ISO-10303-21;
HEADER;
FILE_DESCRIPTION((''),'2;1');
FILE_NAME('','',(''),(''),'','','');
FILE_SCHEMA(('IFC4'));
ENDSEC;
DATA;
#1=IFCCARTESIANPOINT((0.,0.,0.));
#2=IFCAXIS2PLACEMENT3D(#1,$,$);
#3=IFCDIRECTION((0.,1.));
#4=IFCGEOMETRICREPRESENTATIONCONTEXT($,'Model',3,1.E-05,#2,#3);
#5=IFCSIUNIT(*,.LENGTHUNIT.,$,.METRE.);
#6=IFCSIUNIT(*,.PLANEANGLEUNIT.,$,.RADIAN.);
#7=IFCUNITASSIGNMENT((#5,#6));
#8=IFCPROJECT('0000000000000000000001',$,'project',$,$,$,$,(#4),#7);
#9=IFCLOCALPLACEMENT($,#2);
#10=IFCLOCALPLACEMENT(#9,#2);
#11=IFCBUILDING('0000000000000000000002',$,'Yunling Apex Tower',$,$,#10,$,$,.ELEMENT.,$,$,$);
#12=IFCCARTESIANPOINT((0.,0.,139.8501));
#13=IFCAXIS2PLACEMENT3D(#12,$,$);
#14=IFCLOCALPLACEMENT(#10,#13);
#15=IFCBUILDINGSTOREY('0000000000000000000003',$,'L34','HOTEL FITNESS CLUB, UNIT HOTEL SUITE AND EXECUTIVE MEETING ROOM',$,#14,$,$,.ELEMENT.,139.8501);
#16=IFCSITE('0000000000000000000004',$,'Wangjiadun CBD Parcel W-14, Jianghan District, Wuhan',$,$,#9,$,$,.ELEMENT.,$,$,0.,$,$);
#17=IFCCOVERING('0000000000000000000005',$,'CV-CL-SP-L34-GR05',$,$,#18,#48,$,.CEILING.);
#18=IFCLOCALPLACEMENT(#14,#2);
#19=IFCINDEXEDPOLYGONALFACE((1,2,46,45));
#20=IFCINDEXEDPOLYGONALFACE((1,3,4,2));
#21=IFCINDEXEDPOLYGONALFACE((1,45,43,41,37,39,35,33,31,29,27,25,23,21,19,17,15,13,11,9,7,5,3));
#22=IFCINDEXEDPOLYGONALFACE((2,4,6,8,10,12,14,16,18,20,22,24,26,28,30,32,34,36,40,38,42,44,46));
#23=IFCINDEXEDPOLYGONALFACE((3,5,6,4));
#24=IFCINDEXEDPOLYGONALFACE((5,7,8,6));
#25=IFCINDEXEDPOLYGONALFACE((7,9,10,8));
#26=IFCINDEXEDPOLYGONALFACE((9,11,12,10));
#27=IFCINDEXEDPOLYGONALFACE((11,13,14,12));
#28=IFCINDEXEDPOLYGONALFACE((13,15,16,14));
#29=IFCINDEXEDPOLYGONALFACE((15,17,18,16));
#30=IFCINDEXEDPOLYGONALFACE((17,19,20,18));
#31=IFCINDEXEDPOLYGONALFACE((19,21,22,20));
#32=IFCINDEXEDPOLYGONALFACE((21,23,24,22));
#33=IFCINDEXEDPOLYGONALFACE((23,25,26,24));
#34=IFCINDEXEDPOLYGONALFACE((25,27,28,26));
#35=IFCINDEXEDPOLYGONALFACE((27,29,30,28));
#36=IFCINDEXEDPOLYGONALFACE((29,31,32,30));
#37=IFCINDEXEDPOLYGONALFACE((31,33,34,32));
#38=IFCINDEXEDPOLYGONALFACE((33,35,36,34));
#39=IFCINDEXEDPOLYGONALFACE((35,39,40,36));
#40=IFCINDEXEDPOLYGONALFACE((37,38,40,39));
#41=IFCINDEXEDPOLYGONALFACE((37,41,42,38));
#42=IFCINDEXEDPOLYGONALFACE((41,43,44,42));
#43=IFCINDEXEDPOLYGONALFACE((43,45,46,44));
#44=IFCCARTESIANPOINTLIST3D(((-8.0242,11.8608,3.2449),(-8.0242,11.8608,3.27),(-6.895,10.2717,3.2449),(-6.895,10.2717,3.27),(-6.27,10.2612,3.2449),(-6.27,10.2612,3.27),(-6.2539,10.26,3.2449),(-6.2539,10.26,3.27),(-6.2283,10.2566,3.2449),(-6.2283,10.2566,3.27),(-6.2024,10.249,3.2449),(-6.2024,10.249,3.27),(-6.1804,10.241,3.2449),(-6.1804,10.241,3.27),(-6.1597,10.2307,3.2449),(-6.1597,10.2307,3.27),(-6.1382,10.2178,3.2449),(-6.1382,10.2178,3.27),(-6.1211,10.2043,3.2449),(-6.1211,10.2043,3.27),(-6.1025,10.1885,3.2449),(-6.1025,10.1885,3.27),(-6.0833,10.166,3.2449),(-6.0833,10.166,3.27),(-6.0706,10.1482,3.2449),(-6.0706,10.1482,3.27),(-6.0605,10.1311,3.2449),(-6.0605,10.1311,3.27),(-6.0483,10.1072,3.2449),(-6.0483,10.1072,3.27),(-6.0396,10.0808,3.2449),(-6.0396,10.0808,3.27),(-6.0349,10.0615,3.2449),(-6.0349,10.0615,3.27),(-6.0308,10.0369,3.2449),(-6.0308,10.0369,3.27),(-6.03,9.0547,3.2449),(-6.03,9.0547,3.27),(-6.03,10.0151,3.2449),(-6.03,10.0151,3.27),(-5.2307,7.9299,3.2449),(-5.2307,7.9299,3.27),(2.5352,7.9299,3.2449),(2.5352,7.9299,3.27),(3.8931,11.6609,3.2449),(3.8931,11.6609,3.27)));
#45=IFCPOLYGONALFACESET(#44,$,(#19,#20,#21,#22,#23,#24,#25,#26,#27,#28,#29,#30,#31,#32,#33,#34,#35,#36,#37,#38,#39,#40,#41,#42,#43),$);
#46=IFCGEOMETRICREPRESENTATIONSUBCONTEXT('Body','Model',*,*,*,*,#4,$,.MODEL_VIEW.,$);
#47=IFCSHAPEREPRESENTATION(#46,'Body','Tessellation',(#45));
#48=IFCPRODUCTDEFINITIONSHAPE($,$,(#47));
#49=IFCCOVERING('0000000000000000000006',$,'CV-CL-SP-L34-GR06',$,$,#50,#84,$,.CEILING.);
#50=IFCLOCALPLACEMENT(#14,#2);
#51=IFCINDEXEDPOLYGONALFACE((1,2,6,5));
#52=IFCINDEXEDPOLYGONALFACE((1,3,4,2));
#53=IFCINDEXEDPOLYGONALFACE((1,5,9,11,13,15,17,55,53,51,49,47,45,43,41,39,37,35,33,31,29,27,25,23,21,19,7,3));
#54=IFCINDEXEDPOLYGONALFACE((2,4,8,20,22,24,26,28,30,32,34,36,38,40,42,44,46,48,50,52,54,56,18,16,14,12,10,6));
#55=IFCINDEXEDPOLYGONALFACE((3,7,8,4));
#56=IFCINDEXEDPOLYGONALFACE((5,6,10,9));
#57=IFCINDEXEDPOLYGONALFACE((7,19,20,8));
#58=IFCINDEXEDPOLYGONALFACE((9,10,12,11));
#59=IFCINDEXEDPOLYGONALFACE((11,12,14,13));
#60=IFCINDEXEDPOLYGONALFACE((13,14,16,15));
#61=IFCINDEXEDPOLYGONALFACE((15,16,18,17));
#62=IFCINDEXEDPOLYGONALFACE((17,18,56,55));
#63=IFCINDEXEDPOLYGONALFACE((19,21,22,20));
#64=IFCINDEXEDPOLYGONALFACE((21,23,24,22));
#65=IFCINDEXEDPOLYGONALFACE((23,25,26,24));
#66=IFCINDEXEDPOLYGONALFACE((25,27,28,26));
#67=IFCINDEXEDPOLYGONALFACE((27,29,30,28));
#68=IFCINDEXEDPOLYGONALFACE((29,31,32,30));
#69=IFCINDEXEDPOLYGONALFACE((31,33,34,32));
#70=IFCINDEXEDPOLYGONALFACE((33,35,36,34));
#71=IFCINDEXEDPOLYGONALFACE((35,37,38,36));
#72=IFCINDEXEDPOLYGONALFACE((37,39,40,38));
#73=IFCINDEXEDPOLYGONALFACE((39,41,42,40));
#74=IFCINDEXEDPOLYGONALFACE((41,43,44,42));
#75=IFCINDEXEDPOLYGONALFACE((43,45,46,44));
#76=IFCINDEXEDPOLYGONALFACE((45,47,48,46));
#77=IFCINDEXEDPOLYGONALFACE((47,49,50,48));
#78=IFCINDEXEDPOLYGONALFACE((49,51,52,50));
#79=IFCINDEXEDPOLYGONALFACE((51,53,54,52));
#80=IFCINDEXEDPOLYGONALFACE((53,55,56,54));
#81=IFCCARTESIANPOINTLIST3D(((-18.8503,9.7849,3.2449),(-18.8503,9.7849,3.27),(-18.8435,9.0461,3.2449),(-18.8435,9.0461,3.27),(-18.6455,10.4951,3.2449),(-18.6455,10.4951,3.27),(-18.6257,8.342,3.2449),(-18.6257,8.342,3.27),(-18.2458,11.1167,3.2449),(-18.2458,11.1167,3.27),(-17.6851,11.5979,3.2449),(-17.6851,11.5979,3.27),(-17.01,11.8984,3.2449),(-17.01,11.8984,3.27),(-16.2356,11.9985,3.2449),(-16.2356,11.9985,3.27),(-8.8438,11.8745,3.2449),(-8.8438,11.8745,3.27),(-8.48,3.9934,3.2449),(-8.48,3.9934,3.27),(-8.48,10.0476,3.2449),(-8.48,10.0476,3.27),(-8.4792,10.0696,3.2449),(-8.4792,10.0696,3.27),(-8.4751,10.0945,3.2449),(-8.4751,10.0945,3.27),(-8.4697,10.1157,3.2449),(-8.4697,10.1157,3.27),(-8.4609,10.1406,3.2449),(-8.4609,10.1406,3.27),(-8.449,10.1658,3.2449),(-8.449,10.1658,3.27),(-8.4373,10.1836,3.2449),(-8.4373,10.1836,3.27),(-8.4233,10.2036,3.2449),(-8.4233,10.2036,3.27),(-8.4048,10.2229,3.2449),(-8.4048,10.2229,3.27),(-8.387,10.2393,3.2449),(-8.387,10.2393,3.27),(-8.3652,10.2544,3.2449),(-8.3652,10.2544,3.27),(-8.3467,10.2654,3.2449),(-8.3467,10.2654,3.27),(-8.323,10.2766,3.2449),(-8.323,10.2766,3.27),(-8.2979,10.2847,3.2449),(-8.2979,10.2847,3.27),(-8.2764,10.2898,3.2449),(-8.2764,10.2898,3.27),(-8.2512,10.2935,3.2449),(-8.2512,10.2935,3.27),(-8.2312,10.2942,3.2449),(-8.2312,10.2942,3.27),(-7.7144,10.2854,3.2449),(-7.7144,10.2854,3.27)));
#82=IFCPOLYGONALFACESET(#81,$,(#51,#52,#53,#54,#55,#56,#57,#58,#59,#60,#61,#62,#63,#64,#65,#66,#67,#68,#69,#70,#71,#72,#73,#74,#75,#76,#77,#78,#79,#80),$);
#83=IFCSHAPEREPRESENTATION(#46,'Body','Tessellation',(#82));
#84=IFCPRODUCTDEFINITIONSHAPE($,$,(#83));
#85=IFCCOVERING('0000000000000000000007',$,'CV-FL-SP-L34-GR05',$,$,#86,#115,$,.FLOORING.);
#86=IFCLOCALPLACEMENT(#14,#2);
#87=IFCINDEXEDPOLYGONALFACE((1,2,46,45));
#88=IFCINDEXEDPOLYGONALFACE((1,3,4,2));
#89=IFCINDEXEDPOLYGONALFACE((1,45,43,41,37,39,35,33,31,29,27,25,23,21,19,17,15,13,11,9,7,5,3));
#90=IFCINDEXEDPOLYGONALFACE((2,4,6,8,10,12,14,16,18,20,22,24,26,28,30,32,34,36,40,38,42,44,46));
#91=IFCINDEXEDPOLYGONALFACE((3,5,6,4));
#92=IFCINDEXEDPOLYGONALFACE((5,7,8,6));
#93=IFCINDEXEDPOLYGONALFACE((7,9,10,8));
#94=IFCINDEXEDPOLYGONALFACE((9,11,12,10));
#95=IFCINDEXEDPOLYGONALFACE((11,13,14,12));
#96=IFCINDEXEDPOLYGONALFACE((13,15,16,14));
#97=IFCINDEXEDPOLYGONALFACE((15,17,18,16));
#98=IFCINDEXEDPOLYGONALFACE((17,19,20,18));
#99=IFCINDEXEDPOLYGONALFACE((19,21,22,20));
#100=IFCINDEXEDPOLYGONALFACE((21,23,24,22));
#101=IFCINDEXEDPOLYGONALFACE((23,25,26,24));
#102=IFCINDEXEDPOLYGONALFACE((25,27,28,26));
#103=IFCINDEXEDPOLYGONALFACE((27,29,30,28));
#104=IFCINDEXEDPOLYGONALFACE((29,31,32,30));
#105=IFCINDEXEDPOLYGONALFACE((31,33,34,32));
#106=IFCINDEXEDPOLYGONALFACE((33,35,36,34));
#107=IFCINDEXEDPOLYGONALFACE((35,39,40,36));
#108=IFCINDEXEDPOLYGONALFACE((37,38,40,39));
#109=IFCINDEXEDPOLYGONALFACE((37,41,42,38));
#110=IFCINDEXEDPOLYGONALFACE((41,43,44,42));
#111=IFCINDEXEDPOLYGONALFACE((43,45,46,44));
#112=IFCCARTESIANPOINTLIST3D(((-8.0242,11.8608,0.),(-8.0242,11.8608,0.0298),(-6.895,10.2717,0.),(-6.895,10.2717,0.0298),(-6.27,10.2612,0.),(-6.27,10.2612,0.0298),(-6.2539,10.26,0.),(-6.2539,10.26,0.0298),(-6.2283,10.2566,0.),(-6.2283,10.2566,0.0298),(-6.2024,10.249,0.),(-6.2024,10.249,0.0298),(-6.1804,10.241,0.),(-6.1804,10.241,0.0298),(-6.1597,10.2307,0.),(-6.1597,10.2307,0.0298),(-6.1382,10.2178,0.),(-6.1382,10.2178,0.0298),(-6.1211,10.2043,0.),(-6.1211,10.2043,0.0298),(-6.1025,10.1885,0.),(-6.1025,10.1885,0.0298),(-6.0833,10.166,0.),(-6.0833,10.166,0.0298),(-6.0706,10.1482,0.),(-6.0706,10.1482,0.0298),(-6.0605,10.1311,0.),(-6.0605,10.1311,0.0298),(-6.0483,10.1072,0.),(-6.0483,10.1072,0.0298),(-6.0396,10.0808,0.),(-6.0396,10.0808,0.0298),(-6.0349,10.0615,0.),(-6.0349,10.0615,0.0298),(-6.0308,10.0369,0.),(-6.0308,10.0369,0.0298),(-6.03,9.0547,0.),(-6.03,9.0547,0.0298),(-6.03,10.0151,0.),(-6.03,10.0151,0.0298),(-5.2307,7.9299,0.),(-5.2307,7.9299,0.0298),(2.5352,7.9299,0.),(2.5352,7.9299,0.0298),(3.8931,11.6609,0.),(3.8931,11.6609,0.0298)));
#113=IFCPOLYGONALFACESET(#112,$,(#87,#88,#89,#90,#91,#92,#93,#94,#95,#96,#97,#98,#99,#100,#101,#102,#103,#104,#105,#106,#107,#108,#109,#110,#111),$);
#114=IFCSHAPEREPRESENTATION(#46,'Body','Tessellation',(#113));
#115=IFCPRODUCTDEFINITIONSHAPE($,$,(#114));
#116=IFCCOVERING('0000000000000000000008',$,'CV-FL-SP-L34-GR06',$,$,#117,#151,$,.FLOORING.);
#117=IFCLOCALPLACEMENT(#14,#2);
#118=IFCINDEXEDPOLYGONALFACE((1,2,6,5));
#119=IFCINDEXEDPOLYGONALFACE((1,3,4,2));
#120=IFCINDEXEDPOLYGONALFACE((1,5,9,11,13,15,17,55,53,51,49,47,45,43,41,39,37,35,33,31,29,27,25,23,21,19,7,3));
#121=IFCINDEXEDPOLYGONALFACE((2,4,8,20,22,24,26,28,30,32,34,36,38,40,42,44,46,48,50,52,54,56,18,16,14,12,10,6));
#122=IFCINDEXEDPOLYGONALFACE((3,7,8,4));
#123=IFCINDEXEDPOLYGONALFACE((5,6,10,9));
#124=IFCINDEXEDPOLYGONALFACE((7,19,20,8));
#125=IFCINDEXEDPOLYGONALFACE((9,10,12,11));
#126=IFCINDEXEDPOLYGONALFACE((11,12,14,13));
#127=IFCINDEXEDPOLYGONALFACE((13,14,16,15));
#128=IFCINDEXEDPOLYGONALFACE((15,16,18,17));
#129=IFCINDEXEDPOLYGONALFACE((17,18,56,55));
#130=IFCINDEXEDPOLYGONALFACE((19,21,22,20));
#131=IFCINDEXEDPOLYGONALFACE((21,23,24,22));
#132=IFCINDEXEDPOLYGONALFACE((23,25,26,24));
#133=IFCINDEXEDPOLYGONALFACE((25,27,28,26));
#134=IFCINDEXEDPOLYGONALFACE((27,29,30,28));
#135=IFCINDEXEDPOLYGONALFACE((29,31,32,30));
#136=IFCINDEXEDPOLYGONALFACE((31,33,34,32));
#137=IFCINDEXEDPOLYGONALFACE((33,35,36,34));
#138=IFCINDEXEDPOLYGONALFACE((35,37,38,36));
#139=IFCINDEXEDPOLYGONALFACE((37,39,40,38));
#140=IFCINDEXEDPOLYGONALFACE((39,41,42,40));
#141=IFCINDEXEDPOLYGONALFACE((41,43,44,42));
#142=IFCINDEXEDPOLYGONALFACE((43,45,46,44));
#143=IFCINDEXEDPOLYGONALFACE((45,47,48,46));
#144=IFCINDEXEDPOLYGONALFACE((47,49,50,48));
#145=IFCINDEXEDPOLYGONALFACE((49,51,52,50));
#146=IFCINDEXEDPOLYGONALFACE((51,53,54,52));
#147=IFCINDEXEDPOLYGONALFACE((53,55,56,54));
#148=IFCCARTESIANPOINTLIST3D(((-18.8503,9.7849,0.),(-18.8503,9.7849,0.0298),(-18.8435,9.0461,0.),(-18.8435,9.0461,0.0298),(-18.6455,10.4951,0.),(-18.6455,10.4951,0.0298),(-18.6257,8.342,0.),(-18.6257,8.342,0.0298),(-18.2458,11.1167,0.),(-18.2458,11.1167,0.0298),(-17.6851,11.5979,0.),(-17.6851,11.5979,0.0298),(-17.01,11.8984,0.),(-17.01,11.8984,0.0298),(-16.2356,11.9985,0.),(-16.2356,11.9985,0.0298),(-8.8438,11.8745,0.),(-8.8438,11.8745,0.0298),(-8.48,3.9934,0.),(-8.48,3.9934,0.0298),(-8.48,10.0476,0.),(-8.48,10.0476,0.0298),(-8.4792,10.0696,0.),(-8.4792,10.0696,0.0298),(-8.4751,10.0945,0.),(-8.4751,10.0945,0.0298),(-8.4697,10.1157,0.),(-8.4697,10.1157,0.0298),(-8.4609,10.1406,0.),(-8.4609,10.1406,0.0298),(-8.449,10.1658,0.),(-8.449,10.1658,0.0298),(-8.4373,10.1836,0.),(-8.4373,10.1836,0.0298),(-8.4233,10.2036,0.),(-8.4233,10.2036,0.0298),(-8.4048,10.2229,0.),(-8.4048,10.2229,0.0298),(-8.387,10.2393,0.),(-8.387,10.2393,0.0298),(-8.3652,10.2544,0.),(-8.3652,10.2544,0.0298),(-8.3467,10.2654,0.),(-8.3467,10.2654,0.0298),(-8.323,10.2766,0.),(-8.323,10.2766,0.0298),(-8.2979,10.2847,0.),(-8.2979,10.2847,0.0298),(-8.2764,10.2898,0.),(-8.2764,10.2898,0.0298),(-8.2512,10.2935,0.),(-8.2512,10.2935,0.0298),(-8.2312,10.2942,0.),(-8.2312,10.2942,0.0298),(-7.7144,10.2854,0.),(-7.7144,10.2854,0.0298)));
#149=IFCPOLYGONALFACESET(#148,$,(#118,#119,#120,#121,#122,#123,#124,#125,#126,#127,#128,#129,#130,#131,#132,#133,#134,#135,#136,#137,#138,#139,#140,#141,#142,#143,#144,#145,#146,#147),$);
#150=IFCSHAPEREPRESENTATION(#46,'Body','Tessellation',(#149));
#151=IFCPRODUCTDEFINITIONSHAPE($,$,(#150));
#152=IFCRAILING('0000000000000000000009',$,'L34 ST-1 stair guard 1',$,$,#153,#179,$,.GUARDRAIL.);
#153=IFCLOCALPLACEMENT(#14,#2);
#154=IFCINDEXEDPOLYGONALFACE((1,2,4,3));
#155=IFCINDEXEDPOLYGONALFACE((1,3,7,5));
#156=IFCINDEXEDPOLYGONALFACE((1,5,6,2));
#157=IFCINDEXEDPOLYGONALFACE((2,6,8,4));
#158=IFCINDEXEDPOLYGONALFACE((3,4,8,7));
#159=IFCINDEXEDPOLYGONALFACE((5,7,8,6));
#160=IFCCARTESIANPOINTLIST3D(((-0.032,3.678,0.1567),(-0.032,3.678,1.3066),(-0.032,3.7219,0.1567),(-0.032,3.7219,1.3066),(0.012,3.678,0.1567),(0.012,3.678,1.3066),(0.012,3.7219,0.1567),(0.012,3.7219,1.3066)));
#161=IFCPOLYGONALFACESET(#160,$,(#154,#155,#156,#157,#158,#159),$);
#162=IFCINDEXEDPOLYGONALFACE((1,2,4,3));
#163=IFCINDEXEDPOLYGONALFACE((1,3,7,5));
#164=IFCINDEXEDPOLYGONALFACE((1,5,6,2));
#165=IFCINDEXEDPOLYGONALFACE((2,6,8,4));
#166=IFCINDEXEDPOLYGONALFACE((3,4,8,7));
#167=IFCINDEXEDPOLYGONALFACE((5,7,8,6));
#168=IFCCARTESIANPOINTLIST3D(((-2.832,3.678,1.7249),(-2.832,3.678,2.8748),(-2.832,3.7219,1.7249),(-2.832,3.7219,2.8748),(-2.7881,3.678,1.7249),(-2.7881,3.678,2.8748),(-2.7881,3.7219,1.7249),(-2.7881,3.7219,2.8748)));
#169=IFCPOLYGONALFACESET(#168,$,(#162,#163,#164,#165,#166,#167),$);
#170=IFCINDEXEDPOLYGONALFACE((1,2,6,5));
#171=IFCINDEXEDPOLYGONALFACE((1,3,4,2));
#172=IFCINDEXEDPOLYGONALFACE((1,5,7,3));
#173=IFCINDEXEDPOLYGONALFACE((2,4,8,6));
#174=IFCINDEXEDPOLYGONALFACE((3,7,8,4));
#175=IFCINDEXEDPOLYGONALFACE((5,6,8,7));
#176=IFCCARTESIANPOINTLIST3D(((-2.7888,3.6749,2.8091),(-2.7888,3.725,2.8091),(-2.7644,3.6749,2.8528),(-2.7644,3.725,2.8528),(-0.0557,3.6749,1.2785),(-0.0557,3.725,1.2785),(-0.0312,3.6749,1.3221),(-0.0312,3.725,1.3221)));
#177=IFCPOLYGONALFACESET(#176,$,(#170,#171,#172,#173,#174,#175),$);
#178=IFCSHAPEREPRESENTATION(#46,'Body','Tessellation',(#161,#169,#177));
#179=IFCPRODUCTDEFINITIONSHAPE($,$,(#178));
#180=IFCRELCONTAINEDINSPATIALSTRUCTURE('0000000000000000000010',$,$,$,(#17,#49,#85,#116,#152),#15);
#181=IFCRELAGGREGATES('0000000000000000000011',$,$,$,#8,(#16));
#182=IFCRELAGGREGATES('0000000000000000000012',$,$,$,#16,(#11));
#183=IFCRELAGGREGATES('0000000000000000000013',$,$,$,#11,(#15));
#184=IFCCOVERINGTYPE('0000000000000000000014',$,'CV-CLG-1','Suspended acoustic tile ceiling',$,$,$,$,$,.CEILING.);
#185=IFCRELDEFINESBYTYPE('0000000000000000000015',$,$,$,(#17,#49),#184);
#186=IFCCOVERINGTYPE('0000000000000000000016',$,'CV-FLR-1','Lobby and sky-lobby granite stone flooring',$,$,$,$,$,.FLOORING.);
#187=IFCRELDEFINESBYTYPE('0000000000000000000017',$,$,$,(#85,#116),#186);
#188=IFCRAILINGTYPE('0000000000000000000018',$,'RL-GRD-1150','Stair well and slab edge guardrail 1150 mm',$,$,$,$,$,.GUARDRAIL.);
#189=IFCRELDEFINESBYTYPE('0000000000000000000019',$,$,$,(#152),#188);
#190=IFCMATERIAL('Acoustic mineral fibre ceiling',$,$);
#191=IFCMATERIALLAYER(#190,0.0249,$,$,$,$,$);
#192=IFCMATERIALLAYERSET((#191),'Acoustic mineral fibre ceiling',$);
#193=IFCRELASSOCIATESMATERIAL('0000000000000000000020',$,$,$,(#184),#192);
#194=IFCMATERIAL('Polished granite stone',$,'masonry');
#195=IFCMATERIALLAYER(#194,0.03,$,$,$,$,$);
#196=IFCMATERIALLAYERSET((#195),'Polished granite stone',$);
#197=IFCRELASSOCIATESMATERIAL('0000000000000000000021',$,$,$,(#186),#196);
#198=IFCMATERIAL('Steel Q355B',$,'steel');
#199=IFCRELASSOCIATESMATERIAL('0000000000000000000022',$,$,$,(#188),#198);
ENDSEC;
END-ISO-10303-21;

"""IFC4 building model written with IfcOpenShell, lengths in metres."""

from ifc_helpers import new_model, si_unit, direction, frame, origin, origin_2d, place, context, subcontext, project, spatial, polyline, rectangle, outline, extrude, material, layer, layer_set, type_object, element, save


model = new_model("IFC4")

# Units and contexts
model_context = context("Model", 3, precision=1e-05, world=origin(), true_north=direction((0.0, 1.0)))
body_context = subcontext(model_context, "Body", "Model", "MODEL_VIEW")
ifc_project = project(units=[si_unit("LENGTHUNIT", "METRE"), si_unit("PLANEANGLEUNIT", "RADIAN")], contexts=[model_context])

# Site, building, storey
site_placement = place(None, origin())
site = spatial("IfcSite", under=ifc_project, at=site_placement, Name="Wangjiadun CBD Parcel W-14, Jianghan District, Wuhan", CompositionType="ELEMENT", RefElevation=0.0)
building_placement = place(site_placement, origin())
building = spatial("IfcBuilding", under=site, at=building_placement, Name="Yunling Apex Tower", CompositionType="ELEMENT")
storey_placement = place(building_placement, frame((0.0, 0.0, 139.8501)))
storey = spatial("IfcBuildingStorey", under=building, at=storey_placement, Name="L34", Description="HOTEL FITNESS CLUB, UNIT HOTEL SUITE AND EXECUTIVE MEETING ROOM", CompositionType="ELEMENT", Elevation=139.8501)

# Shared definitions
ifc_material_1 = material(Name="Steel Q355B", Category="steel")

# Coverings
ifc_material_2 = material(Name="Acoustic mineral fibre ceiling")
ifc_layer_1 = layer(ifc_material_2, 0.0249)
ifc_layer_set_1 = layer_set([ifc_layer_1], Name="Acoustic mineral fibre ceiling")
covering_type_1 = type_object("IfcCoveringType", Name="CV-CLG-1", Description="Suspended acoustic tile ceiling", PredefinedType="CEILING", material=ifc_layer_set_1)
covering_1_placement = place(storey_placement, frame((0.0, 0.0, 3.2449)))
element("IfcCovering", 1, at=covering_1_placement, inside=storey, type_object=covering_type_1, Name="CV-CL-SP-L34-GR05", PredefinedType="CEILING", context=body_context, shape_type="SweptSolid", body=[
    extrude(outline(polyline([(3.8931, 11.6609), (2.5352, 7.9299), (-5.2307, 7.9299), (-6.03, 9.0547), (-6.03, 10.0151), (-6.0308, 10.0369), (-6.0349, 10.0615), (-6.0396, 10.0808), (-6.0483, 10.1072), (-6.0605, 10.1311), (-6.0706, 10.1482), (-6.0833, 10.166), (-6.1025, 10.1885), (-6.1211, 10.2043), (-6.1382, 10.2178), (-6.1597, 10.2307), (-6.1804, 10.241), (-6.2024, 10.249), (-6.2283, 10.2566), (-6.2539, 10.26), (-6.27, 10.2612), (-6.895, 10.2717), (-8.0242, 11.8608), (3.8931, 11.6609)])), origin(), (0.0, 0.0, 1.0), 0.0251),
])
covering_2_placement = place(storey_placement, frame((0.0, 0.0, 3.2449)))
element("IfcCovering", 2, at=covering_2_placement, inside=storey, type_object=covering_type_1, Name="CV-CL-SP-L34-GR06", PredefinedType="CEILING", context=body_context, shape_type="SweptSolid", body=[
    extrude(outline(polyline([(-18.6455, 10.4951), (-18.2458, 11.1167), (-17.6851, 11.5979), (-17.01, 11.8984), (-16.2356, 11.9985), (-8.8438, 11.8745), (-7.7144, 10.2854), (-8.2312, 10.2942), (-8.2512, 10.2935), (-8.2764, 10.2898), (-8.2979, 10.2847), (-8.323, 10.2766), (-8.3467, 10.2654), (-8.3652, 10.2544), (-8.387, 10.2393), (-8.4048, 10.2229), (-8.4233, 10.2036), (-8.4373, 10.1836), (-8.449, 10.1658), (-8.4609, 10.1406), (-8.4697, 10.1157), (-8.4751, 10.0945), (-8.4792, 10.0696), (-8.48, 10.0476), (-8.48, 3.9934), (-18.6257, 8.342), (-18.8435, 9.0461), (-18.8503, 9.7849), (-18.6455, 10.4951)])), origin(), (0.0, 0.0, 1.0), 0.0251),
])
ifc_material_3 = material(Name="Polished granite stone", Category="masonry")
ifc_layer_2 = layer(ifc_material_3, 0.03)
ifc_layer_set_2 = layer_set([ifc_layer_2], Name="Polished granite stone")
covering_type_2 = type_object("IfcCoveringType", Name="CV-FLR-1", Description="Lobby and sky-lobby granite stone flooring", PredefinedType="FLOORING", material=ifc_layer_set_2)
covering_3_placement = place(storey_placement, origin())
element("IfcCovering", 3, at=covering_3_placement, inside=storey, type_object=covering_type_2, Name="CV-FL-SP-L34-GR05", PredefinedType="FLOORING", context=body_context, shape_type="SweptSolid", body=[
    extrude(outline(polyline([(3.8931, 11.6609), (2.5352, 7.9299), (-5.2307, 7.9299), (-6.03, 9.0547), (-6.03, 10.0151), (-6.0308, 10.0369), (-6.0349, 10.0615), (-6.0396, 10.0808), (-6.0483, 10.1072), (-6.0605, 10.1311), (-6.0706, 10.1482), (-6.0833, 10.166), (-6.1025, 10.1885), (-6.1211, 10.2043), (-6.1382, 10.2178), (-6.1597, 10.2307), (-6.1804, 10.241), (-6.2024, 10.249), (-6.2283, 10.2566), (-6.2539, 10.26), (-6.27, 10.2612), (-6.895, 10.2717), (-8.0242, 11.8608), (3.8931, 11.6609)])), origin(), (0.0, 0.0, 1.0), 0.0298),
])
covering_4_placement = place(storey_placement, origin())
element("IfcCovering", 4, at=covering_4_placement, inside=storey, type_object=covering_type_2, Name="CV-FL-SP-L34-GR06", PredefinedType="FLOORING", context=body_context, shape_type="SweptSolid", body=[
    extrude(outline(polyline([(-18.6455, 10.4951), (-18.2458, 11.1167), (-17.6851, 11.5979), (-17.01, 11.8984), (-16.2356, 11.9985), (-8.8438, 11.8745), (-7.7144, 10.2854), (-8.2312, 10.2942), (-8.2512, 10.2935), (-8.2764, 10.2898), (-8.2979, 10.2847), (-8.323, 10.2766), (-8.3467, 10.2654), (-8.3652, 10.2544), (-8.387, 10.2393), (-8.4048, 10.2229), (-8.4233, 10.2036), (-8.4373, 10.1836), (-8.449, 10.1658), (-8.4609, 10.1406), (-8.4697, 10.1157), (-8.4751, 10.0945), (-8.4792, 10.0696), (-8.48, 10.0476), (-8.48, 3.9934), (-18.6257, 8.342), (-18.8435, 9.0461), (-18.8503, 9.7849), (-18.6455, 10.4951)])), origin(), (0.0, 0.0, 1.0), 0.0298),
])

# Railing
railing_type_1 = type_object("IfcRailingType", Name="RL-GRD-1150", Description="Stair well and slab edge guardrail 1150 mm", PredefinedType="GUARDRAIL", material=ifc_material_1)
railing_1_placement = place(storey_placement, frame((-0.01, 3.7, 0.1567)))
element("IfcRailing", 5, at=railing_1_placement, inside=storey, type_object=railing_type_1, Name="L34 ST-1 stair guard 1", PredefinedType="GUARDRAIL", context=body_context, shape_type="SweptSolid", body=[
    extrude(rectangle(XDim=0.0439, YDim=0.0439, at=origin_2d()), origin(), (0.0, 0.0, 1.0), 1.1499),
    extrude(rectangle(XDim=0.0439, YDim=0.0439, at=origin_2d()), frame((-2.8, 0.0, 1.5681)), (0.0, 0.0, 1.0), 1.1499),
    extrude(rectangle(XDim=0.05, YDim=0.05, at=origin_2d()), frame((-0.0334, 0.0, 1.1436), z_axis=(-0.872494, 0.0, 0.488624), x_axis=(0.0, -1.0, 0.0)), (0.0, 0.0, 1.0), 3.1326),
])

save(model, "model.ifc")
